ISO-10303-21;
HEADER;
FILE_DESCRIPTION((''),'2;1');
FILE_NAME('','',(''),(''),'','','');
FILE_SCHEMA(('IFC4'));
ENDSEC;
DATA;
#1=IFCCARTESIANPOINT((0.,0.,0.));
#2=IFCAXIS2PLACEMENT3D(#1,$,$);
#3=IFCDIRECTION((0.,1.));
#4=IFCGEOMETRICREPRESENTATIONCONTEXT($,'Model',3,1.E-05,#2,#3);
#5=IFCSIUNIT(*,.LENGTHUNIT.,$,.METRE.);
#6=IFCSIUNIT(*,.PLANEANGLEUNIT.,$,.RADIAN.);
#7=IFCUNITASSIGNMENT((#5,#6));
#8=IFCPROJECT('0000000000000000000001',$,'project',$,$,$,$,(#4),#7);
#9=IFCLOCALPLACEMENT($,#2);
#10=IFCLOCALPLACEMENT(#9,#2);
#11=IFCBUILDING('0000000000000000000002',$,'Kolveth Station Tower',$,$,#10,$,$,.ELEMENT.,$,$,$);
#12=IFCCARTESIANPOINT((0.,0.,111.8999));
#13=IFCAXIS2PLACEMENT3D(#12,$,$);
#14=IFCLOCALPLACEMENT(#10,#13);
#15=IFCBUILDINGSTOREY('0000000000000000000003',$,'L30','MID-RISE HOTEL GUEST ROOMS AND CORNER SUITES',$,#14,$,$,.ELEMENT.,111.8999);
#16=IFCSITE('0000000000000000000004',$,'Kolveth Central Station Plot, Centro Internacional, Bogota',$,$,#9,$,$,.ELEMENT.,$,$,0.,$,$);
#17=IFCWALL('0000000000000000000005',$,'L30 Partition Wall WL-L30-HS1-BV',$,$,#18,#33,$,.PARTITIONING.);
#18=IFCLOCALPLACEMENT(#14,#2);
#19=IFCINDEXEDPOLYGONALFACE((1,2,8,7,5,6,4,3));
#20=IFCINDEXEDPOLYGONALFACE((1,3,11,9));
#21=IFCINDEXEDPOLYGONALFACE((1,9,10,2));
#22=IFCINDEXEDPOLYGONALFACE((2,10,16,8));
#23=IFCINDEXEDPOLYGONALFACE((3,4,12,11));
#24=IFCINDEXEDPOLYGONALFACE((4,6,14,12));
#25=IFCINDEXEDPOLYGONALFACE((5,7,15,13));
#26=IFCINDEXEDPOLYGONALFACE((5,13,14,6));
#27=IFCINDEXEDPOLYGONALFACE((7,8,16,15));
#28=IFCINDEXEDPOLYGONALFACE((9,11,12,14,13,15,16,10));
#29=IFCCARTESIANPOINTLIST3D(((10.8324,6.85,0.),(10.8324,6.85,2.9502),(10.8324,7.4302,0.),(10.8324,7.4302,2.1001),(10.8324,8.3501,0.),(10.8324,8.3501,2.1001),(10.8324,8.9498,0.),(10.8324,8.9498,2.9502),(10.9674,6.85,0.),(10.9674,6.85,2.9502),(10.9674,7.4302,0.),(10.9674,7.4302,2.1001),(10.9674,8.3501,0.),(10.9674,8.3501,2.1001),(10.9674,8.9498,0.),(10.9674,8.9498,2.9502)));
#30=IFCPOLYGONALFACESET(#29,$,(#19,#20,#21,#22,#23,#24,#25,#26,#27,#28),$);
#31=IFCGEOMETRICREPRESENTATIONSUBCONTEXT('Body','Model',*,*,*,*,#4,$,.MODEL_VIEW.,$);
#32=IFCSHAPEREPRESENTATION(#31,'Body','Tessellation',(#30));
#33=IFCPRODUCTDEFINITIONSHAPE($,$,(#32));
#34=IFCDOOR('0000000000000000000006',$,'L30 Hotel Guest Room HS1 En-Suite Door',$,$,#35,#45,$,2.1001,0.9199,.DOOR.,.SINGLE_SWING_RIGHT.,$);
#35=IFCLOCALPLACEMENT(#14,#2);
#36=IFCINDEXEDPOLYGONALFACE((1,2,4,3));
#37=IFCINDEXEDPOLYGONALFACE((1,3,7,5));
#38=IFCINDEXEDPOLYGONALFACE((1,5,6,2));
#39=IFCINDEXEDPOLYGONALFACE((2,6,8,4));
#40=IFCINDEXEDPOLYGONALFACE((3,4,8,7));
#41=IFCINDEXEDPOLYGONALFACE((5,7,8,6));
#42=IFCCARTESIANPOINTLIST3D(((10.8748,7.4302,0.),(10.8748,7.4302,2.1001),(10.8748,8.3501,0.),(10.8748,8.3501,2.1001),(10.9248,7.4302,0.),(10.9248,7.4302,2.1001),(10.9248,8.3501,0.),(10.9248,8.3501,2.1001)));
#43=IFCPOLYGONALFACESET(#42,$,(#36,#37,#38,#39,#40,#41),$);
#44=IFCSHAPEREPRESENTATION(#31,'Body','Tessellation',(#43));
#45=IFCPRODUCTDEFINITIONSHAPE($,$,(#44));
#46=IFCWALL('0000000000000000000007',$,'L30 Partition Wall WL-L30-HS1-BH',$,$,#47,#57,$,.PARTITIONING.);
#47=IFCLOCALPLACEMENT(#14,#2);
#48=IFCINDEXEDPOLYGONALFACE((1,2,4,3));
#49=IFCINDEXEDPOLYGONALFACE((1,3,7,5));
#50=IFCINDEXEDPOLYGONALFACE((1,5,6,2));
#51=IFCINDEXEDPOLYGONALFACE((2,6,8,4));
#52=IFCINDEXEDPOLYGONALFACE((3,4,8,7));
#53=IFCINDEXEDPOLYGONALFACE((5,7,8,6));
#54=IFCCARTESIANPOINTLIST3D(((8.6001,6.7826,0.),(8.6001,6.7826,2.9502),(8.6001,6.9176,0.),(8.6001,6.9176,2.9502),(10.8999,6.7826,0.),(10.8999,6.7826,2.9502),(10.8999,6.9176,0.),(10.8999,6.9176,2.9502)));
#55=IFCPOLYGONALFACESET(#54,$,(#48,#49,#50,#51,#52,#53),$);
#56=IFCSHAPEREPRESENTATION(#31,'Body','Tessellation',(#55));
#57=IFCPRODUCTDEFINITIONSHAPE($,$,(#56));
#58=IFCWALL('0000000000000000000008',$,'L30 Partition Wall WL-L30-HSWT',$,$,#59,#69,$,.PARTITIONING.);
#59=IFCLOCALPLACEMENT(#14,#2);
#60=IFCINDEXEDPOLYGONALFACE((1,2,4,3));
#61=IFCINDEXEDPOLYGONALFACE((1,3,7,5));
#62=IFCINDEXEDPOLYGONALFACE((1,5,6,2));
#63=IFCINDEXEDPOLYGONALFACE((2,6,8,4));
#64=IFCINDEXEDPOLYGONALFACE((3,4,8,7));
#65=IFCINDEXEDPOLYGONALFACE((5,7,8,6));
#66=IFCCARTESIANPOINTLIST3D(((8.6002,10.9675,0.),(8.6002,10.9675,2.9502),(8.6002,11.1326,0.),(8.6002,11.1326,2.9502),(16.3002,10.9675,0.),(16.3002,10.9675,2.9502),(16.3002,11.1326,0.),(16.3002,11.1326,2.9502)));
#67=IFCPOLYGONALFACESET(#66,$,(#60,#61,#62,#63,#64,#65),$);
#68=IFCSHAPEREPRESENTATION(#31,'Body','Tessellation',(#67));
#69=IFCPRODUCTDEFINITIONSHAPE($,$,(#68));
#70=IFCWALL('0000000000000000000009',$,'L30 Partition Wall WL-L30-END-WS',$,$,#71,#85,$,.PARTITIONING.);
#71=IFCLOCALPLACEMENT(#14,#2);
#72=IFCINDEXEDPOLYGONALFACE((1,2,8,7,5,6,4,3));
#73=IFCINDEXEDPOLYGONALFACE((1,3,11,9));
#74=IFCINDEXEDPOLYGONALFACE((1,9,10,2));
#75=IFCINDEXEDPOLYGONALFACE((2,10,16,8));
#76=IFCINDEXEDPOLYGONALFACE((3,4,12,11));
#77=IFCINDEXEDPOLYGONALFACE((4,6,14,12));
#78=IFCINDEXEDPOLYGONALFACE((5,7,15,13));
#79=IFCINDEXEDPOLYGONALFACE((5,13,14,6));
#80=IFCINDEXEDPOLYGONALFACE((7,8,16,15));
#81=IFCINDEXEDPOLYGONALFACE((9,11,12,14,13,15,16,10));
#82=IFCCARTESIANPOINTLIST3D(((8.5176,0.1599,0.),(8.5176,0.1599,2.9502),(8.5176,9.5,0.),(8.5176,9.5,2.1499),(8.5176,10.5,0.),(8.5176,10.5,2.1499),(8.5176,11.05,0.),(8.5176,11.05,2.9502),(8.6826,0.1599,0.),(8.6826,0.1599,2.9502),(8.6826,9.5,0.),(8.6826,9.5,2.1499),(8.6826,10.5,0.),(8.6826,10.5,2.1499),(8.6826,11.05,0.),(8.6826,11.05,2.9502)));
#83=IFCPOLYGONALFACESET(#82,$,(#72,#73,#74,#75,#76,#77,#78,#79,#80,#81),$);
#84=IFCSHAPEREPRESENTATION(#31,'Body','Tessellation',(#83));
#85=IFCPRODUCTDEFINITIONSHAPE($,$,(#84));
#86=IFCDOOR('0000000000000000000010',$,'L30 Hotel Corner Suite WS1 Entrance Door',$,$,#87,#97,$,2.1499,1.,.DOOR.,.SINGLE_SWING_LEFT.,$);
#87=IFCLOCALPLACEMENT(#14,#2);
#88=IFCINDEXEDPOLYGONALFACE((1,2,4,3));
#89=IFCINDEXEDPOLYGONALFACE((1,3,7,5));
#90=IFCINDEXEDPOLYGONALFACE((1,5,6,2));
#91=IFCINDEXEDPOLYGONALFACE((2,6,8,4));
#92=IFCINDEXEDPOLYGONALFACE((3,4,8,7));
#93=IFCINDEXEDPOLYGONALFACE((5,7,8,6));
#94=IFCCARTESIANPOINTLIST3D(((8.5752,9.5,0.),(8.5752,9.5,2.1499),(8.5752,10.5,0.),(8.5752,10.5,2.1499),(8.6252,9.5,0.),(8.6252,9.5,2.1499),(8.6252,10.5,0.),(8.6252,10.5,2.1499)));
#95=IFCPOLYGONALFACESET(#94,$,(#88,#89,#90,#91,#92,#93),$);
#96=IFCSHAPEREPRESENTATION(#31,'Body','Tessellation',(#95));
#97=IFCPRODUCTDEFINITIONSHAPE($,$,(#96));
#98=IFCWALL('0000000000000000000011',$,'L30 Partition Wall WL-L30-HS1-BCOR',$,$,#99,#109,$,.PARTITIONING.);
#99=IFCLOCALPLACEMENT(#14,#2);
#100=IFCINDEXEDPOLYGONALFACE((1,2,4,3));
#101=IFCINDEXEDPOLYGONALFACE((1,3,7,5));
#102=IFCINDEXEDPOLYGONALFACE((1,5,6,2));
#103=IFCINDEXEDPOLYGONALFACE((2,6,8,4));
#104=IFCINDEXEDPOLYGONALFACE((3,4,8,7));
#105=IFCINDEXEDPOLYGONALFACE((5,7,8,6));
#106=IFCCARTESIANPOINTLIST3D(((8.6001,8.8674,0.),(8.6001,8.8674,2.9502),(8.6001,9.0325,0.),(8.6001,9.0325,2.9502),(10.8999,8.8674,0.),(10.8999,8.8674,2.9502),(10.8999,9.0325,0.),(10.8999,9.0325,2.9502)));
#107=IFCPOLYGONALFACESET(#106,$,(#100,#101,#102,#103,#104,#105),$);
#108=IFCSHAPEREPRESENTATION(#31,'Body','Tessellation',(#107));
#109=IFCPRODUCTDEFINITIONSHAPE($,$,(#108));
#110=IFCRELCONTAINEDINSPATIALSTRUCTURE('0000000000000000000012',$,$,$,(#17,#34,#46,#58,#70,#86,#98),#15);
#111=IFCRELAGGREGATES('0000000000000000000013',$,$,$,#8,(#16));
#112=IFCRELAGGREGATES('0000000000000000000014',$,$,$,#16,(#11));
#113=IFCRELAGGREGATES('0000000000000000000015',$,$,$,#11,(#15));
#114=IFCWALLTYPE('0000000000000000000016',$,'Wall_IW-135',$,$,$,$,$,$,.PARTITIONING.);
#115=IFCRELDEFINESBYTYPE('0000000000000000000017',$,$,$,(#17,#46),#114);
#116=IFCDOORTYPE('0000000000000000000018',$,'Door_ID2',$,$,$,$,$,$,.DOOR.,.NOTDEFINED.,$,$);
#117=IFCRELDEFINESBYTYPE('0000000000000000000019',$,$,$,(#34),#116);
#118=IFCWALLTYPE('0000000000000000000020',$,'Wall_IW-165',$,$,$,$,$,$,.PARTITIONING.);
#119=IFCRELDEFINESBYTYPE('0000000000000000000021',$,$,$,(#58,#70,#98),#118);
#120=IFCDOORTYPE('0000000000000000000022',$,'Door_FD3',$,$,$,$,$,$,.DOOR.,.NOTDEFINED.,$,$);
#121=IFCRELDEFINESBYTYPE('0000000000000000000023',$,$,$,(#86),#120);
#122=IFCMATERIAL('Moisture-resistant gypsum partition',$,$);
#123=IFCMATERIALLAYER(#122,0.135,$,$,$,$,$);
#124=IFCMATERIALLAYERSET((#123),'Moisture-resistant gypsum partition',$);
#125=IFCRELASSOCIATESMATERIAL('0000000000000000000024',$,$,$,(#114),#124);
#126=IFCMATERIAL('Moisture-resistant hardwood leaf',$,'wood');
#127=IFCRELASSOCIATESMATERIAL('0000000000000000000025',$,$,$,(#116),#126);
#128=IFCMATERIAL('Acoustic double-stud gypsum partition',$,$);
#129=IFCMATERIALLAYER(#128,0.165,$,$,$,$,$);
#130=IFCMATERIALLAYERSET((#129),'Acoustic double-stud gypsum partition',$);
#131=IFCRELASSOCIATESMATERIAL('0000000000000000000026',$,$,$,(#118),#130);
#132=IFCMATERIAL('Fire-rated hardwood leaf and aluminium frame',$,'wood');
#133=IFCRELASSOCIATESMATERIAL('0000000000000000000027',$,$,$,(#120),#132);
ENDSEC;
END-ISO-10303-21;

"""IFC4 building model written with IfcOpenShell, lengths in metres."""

from ifc_helpers import new_model, si_unit, direction, frame, frame_2d, origin, place, context, subcontext, project, spatial, rectangle, extrude, material, layer, layer_set, type_object, element, fill, save


model = new_model("IFC4")

# Units and contexts
model_context = context("Model", 3, precision=1e-05, world=origin(), true_north=direction((0.0, 1.0)))
body_context = subcontext(model_context, "Body", "Model", "MODEL_VIEW")
ifc_project = project(units=[si_unit("LENGTHUNIT", "METRE"), si_unit("PLANEANGLEUNIT", "RADIAN")], contexts=[model_context])

# Site, building, storey
site_placement = place(None, origin())
site = spatial("IfcSite", under=ifc_project, at=site_placement, Name="Kolveth Central Station Plot, Centro Internacional, Bogota", CompositionType="ELEMENT", RefElevation=0.0)
building_placement = place(site_placement, origin())
building = spatial("IfcBuilding", under=site, at=building_placement, Name="Kolveth Station Tower", CompositionType="ELEMENT")
storey_placement = place(building_placement, frame((0.0, 0.0, 111.8999)))
storey = spatial("IfcBuildingStorey", under=building, at=storey_placement, Name="L30", Description="MID-RISE HOTEL GUEST ROOMS AND CORNER SUITES", CompositionType="ELEMENT", Elevation=111.8999)

# Wall, opening, door
ifc_material_1 = material(Name="Moisture-resistant gypsum partition")
ifc_layer_1 = layer(ifc_material_1, 0.135)
ifc_layer_set_1 = layer_set([ifc_layer_1], Name="Moisture-resistant gypsum partition")
wall_type_1 = type_object("IfcWallType", Name="Wall_IW-135", PredefinedType="PARTITIONING", material=ifc_layer_set_1)
wall_1_placement = place(storey_placement, frame((10.8999, 6.8501, 0.0), z_axis=(0.0, 0.0, 1.0), x_axis=(0.0, 1.0, 0.0)))
wall_1 = element("IfcWall", 1, at=wall_1_placement, inside=storey, type_object=wall_type_1, Name="L30 Partition Wall WL-L30-HS1-BV", PredefinedType="PARTITIONING", context=body_context, shape_type="SweptSolid", body=[
    extrude(rectangle(XDim=2.0999, YDim=0.135, at=frame_2d((1.0498, 0.0))), origin(), (0.0, 0.0, 1.0), 2.9502),
])
opening_1_placement = place(wall_1_placement, frame((0.5801, 0.0, 0.0)))
opening_1 = element("IfcOpeningElement", 2, at=opening_1_placement, cuts=wall_1, PredefinedType="OPENING", context=body_context, shape_type="SweptSolid", body=[
    extrude(rectangle(XDim=0.9199, YDim=2.1001, at=frame_2d((0.46, 1.05))), frame((0.0, 0.0774, 0.0), z_axis=(0.0, -1.0, 0.0), x_axis=(1.0, 0.0, 0.0)), (0.0, 0.0, 1.0), 0.155),
])
ifc_material_2 = material(Name="Moisture-resistant hardwood leaf", Category="wood")
door_type_1 = type_object("IfcDoorType", Name="Door_ID2", OperationType="NOTDEFINED", PredefinedType="DOOR", material=ifc_material_2)
door_1_placement = place(opening_1_placement, frame((0.9199, 0.0, 0.0), z_axis=(0.0, 0.0, 1.0), x_axis=(-1.0, 0.0, 0.0)))
door_1 = element("IfcDoor", 3, at=door_1_placement, inside=storey, type_object=door_type_1, Name="L30 Hotel Guest Room HS1 En-Suite Door", OperationType="SINGLE_SWING_RIGHT", OverallHeight=2.1001, OverallWidth=0.9199, PredefinedType="DOOR", context=body_context, shape_type="SweptSolid", body=[
    extrude(rectangle(XDim=0.9199, YDim=2.1001, at=frame_2d((0.46, 1.05))), frame((0.0, 0.0249, 0.0), z_axis=(0.0, -1.0, 0.0), x_axis=(1.0, 0.0, 0.0)), (0.0, 0.0, 1.0), 0.05),
])
fill(opening_1, door_1)

# Walls
wall_2_placement = place(storey_placement, frame((8.6001, 6.8501, 0.0), z_axis=(0.0, 0.0, 1.0), x_axis=(1.0, 0.0, 0.0)))
element("IfcWall", 4, at=wall_2_placement, inside=storey, type_object=wall_type_1, Name="L30 Partition Wall WL-L30-HS1-BH", PredefinedType="PARTITIONING", context=body_context, shape_type="SweptSolid", body=[
    extrude(rectangle(XDim=2.2998, YDim=0.135, at=frame_2d((1.1499, 0.0))), origin(), (0.0, 0.0, 1.0), 2.9502),
])
ifc_material_3 = material(Name="Acoustic double-stud gypsum partition")
ifc_layer_2 = layer(ifc_material_3, 0.165)
ifc_layer_set_2 = layer_set([ifc_layer_2], Name="Acoustic double-stud gypsum partition")
wall_type_2 = type_object("IfcWallType", Name="Wall_IW-165", PredefinedType="PARTITIONING", material=ifc_layer_set_2)
wall_3_placement = place(storey_placement, frame((8.6001, 11.05, 0.0), z_axis=(0.0, 0.0, 1.0), x_axis=(1.0, 0.0, 0.0)))
element("IfcWall", 5, at=wall_3_placement, inside=storey, type_object=wall_type_2, Name="L30 Partition Wall WL-L30-HSWT", PredefinedType="PARTITIONING", context=body_context, shape_type="SweptSolid", body=[
    extrude(rectangle(XDim=7.7, YDim=0.165, at=frame_2d((3.8501, 0.0))), origin(), (0.0, 0.0, 1.0), 2.9502),
])

# Wall, opening, door
wall_4_placement = place(storey_placement, frame((8.6001, 0.1599, 0.0), z_axis=(0.0, 0.0, 1.0), x_axis=(0.0, 1.0, 0.0)))
wall_4 = element("IfcWall", 6, at=wall_4_placement, inside=storey, type_object=wall_type_2, Name="L30 Partition Wall WL-L30-END-WS", PredefinedType="PARTITIONING", context=body_context, shape_type="SweptSolid", body=[
    extrude(rectangle(XDim=10.8901, YDim=0.165, at=frame_2d((5.4451, 0.0))), origin(), (0.0, 0.0, 1.0), 2.9502),
])
opening_2_placement = place(wall_4_placement, frame((9.3401, 0.0, 0.0)))
opening_2 = element("IfcOpeningElement", 7, at=opening_2_placement, cuts=wall_4, PredefinedType="OPENING", context=body_context, shape_type="SweptSolid", body=[
    extrude(rectangle(XDim=1.0, YDim=2.1499, at=frame_2d((0.5, 1.075))), frame((0.0, 0.0925, 0.0), z_axis=(0.0, -1.0, 0.0), x_axis=(1.0, 0.0, 0.0)), (0.0, 0.0, 1.0), 0.1851),
])
ifc_material_4 = material(Name="Fire-rated hardwood leaf and aluminium frame", Category="wood")
door_type_2 = type_object("IfcDoorType", Name="Door_FD3", OperationType="NOTDEFINED", PredefinedType="DOOR", material=ifc_material_4)
door_2_placement = place(opening_2_placement, origin())
door_2 = element("IfcDoor", 8, at=door_2_placement, inside=storey, type_object=door_type_2, Name="L30 Hotel Corner Suite WS1 Entrance Door", OperationType="SINGLE_SWING_LEFT", OverallHeight=2.1499, OverallWidth=1.0, PredefinedType="DOOR", context=body_context, shape_type="SweptSolid", body=[
    extrude(rectangle(XDim=1.0, YDim=2.1499, at=frame_2d((0.5, 1.075))), frame((0.0, 0.0249, 0.0), z_axis=(0.0, -1.0, 0.0), x_axis=(1.0, 0.0, 0.0)), (0.0, 0.0, 1.0), 0.05),
])
fill(opening_2, door_2)

# Wall
wall_5_placement = place(storey_placement, frame((8.6001, 8.95, 0.0), z_axis=(0.0, 0.0, 1.0), x_axis=(1.0, 0.0, 0.0)))
element("IfcWall", 9, at=wall_5_placement, inside=storey, type_object=wall_type_2, Name="L30 Partition Wall WL-L30-HS1-BCOR", PredefinedType="PARTITIONING", context=body_context, shape_type="SweptSolid", body=[
    extrude(rectangle(XDim=2.2998, YDim=0.165, at=frame_2d((1.1499, 0.0))), origin(), (0.0, 0.0, 1.0), 2.9502),
])

save(model, "model.ifc")
